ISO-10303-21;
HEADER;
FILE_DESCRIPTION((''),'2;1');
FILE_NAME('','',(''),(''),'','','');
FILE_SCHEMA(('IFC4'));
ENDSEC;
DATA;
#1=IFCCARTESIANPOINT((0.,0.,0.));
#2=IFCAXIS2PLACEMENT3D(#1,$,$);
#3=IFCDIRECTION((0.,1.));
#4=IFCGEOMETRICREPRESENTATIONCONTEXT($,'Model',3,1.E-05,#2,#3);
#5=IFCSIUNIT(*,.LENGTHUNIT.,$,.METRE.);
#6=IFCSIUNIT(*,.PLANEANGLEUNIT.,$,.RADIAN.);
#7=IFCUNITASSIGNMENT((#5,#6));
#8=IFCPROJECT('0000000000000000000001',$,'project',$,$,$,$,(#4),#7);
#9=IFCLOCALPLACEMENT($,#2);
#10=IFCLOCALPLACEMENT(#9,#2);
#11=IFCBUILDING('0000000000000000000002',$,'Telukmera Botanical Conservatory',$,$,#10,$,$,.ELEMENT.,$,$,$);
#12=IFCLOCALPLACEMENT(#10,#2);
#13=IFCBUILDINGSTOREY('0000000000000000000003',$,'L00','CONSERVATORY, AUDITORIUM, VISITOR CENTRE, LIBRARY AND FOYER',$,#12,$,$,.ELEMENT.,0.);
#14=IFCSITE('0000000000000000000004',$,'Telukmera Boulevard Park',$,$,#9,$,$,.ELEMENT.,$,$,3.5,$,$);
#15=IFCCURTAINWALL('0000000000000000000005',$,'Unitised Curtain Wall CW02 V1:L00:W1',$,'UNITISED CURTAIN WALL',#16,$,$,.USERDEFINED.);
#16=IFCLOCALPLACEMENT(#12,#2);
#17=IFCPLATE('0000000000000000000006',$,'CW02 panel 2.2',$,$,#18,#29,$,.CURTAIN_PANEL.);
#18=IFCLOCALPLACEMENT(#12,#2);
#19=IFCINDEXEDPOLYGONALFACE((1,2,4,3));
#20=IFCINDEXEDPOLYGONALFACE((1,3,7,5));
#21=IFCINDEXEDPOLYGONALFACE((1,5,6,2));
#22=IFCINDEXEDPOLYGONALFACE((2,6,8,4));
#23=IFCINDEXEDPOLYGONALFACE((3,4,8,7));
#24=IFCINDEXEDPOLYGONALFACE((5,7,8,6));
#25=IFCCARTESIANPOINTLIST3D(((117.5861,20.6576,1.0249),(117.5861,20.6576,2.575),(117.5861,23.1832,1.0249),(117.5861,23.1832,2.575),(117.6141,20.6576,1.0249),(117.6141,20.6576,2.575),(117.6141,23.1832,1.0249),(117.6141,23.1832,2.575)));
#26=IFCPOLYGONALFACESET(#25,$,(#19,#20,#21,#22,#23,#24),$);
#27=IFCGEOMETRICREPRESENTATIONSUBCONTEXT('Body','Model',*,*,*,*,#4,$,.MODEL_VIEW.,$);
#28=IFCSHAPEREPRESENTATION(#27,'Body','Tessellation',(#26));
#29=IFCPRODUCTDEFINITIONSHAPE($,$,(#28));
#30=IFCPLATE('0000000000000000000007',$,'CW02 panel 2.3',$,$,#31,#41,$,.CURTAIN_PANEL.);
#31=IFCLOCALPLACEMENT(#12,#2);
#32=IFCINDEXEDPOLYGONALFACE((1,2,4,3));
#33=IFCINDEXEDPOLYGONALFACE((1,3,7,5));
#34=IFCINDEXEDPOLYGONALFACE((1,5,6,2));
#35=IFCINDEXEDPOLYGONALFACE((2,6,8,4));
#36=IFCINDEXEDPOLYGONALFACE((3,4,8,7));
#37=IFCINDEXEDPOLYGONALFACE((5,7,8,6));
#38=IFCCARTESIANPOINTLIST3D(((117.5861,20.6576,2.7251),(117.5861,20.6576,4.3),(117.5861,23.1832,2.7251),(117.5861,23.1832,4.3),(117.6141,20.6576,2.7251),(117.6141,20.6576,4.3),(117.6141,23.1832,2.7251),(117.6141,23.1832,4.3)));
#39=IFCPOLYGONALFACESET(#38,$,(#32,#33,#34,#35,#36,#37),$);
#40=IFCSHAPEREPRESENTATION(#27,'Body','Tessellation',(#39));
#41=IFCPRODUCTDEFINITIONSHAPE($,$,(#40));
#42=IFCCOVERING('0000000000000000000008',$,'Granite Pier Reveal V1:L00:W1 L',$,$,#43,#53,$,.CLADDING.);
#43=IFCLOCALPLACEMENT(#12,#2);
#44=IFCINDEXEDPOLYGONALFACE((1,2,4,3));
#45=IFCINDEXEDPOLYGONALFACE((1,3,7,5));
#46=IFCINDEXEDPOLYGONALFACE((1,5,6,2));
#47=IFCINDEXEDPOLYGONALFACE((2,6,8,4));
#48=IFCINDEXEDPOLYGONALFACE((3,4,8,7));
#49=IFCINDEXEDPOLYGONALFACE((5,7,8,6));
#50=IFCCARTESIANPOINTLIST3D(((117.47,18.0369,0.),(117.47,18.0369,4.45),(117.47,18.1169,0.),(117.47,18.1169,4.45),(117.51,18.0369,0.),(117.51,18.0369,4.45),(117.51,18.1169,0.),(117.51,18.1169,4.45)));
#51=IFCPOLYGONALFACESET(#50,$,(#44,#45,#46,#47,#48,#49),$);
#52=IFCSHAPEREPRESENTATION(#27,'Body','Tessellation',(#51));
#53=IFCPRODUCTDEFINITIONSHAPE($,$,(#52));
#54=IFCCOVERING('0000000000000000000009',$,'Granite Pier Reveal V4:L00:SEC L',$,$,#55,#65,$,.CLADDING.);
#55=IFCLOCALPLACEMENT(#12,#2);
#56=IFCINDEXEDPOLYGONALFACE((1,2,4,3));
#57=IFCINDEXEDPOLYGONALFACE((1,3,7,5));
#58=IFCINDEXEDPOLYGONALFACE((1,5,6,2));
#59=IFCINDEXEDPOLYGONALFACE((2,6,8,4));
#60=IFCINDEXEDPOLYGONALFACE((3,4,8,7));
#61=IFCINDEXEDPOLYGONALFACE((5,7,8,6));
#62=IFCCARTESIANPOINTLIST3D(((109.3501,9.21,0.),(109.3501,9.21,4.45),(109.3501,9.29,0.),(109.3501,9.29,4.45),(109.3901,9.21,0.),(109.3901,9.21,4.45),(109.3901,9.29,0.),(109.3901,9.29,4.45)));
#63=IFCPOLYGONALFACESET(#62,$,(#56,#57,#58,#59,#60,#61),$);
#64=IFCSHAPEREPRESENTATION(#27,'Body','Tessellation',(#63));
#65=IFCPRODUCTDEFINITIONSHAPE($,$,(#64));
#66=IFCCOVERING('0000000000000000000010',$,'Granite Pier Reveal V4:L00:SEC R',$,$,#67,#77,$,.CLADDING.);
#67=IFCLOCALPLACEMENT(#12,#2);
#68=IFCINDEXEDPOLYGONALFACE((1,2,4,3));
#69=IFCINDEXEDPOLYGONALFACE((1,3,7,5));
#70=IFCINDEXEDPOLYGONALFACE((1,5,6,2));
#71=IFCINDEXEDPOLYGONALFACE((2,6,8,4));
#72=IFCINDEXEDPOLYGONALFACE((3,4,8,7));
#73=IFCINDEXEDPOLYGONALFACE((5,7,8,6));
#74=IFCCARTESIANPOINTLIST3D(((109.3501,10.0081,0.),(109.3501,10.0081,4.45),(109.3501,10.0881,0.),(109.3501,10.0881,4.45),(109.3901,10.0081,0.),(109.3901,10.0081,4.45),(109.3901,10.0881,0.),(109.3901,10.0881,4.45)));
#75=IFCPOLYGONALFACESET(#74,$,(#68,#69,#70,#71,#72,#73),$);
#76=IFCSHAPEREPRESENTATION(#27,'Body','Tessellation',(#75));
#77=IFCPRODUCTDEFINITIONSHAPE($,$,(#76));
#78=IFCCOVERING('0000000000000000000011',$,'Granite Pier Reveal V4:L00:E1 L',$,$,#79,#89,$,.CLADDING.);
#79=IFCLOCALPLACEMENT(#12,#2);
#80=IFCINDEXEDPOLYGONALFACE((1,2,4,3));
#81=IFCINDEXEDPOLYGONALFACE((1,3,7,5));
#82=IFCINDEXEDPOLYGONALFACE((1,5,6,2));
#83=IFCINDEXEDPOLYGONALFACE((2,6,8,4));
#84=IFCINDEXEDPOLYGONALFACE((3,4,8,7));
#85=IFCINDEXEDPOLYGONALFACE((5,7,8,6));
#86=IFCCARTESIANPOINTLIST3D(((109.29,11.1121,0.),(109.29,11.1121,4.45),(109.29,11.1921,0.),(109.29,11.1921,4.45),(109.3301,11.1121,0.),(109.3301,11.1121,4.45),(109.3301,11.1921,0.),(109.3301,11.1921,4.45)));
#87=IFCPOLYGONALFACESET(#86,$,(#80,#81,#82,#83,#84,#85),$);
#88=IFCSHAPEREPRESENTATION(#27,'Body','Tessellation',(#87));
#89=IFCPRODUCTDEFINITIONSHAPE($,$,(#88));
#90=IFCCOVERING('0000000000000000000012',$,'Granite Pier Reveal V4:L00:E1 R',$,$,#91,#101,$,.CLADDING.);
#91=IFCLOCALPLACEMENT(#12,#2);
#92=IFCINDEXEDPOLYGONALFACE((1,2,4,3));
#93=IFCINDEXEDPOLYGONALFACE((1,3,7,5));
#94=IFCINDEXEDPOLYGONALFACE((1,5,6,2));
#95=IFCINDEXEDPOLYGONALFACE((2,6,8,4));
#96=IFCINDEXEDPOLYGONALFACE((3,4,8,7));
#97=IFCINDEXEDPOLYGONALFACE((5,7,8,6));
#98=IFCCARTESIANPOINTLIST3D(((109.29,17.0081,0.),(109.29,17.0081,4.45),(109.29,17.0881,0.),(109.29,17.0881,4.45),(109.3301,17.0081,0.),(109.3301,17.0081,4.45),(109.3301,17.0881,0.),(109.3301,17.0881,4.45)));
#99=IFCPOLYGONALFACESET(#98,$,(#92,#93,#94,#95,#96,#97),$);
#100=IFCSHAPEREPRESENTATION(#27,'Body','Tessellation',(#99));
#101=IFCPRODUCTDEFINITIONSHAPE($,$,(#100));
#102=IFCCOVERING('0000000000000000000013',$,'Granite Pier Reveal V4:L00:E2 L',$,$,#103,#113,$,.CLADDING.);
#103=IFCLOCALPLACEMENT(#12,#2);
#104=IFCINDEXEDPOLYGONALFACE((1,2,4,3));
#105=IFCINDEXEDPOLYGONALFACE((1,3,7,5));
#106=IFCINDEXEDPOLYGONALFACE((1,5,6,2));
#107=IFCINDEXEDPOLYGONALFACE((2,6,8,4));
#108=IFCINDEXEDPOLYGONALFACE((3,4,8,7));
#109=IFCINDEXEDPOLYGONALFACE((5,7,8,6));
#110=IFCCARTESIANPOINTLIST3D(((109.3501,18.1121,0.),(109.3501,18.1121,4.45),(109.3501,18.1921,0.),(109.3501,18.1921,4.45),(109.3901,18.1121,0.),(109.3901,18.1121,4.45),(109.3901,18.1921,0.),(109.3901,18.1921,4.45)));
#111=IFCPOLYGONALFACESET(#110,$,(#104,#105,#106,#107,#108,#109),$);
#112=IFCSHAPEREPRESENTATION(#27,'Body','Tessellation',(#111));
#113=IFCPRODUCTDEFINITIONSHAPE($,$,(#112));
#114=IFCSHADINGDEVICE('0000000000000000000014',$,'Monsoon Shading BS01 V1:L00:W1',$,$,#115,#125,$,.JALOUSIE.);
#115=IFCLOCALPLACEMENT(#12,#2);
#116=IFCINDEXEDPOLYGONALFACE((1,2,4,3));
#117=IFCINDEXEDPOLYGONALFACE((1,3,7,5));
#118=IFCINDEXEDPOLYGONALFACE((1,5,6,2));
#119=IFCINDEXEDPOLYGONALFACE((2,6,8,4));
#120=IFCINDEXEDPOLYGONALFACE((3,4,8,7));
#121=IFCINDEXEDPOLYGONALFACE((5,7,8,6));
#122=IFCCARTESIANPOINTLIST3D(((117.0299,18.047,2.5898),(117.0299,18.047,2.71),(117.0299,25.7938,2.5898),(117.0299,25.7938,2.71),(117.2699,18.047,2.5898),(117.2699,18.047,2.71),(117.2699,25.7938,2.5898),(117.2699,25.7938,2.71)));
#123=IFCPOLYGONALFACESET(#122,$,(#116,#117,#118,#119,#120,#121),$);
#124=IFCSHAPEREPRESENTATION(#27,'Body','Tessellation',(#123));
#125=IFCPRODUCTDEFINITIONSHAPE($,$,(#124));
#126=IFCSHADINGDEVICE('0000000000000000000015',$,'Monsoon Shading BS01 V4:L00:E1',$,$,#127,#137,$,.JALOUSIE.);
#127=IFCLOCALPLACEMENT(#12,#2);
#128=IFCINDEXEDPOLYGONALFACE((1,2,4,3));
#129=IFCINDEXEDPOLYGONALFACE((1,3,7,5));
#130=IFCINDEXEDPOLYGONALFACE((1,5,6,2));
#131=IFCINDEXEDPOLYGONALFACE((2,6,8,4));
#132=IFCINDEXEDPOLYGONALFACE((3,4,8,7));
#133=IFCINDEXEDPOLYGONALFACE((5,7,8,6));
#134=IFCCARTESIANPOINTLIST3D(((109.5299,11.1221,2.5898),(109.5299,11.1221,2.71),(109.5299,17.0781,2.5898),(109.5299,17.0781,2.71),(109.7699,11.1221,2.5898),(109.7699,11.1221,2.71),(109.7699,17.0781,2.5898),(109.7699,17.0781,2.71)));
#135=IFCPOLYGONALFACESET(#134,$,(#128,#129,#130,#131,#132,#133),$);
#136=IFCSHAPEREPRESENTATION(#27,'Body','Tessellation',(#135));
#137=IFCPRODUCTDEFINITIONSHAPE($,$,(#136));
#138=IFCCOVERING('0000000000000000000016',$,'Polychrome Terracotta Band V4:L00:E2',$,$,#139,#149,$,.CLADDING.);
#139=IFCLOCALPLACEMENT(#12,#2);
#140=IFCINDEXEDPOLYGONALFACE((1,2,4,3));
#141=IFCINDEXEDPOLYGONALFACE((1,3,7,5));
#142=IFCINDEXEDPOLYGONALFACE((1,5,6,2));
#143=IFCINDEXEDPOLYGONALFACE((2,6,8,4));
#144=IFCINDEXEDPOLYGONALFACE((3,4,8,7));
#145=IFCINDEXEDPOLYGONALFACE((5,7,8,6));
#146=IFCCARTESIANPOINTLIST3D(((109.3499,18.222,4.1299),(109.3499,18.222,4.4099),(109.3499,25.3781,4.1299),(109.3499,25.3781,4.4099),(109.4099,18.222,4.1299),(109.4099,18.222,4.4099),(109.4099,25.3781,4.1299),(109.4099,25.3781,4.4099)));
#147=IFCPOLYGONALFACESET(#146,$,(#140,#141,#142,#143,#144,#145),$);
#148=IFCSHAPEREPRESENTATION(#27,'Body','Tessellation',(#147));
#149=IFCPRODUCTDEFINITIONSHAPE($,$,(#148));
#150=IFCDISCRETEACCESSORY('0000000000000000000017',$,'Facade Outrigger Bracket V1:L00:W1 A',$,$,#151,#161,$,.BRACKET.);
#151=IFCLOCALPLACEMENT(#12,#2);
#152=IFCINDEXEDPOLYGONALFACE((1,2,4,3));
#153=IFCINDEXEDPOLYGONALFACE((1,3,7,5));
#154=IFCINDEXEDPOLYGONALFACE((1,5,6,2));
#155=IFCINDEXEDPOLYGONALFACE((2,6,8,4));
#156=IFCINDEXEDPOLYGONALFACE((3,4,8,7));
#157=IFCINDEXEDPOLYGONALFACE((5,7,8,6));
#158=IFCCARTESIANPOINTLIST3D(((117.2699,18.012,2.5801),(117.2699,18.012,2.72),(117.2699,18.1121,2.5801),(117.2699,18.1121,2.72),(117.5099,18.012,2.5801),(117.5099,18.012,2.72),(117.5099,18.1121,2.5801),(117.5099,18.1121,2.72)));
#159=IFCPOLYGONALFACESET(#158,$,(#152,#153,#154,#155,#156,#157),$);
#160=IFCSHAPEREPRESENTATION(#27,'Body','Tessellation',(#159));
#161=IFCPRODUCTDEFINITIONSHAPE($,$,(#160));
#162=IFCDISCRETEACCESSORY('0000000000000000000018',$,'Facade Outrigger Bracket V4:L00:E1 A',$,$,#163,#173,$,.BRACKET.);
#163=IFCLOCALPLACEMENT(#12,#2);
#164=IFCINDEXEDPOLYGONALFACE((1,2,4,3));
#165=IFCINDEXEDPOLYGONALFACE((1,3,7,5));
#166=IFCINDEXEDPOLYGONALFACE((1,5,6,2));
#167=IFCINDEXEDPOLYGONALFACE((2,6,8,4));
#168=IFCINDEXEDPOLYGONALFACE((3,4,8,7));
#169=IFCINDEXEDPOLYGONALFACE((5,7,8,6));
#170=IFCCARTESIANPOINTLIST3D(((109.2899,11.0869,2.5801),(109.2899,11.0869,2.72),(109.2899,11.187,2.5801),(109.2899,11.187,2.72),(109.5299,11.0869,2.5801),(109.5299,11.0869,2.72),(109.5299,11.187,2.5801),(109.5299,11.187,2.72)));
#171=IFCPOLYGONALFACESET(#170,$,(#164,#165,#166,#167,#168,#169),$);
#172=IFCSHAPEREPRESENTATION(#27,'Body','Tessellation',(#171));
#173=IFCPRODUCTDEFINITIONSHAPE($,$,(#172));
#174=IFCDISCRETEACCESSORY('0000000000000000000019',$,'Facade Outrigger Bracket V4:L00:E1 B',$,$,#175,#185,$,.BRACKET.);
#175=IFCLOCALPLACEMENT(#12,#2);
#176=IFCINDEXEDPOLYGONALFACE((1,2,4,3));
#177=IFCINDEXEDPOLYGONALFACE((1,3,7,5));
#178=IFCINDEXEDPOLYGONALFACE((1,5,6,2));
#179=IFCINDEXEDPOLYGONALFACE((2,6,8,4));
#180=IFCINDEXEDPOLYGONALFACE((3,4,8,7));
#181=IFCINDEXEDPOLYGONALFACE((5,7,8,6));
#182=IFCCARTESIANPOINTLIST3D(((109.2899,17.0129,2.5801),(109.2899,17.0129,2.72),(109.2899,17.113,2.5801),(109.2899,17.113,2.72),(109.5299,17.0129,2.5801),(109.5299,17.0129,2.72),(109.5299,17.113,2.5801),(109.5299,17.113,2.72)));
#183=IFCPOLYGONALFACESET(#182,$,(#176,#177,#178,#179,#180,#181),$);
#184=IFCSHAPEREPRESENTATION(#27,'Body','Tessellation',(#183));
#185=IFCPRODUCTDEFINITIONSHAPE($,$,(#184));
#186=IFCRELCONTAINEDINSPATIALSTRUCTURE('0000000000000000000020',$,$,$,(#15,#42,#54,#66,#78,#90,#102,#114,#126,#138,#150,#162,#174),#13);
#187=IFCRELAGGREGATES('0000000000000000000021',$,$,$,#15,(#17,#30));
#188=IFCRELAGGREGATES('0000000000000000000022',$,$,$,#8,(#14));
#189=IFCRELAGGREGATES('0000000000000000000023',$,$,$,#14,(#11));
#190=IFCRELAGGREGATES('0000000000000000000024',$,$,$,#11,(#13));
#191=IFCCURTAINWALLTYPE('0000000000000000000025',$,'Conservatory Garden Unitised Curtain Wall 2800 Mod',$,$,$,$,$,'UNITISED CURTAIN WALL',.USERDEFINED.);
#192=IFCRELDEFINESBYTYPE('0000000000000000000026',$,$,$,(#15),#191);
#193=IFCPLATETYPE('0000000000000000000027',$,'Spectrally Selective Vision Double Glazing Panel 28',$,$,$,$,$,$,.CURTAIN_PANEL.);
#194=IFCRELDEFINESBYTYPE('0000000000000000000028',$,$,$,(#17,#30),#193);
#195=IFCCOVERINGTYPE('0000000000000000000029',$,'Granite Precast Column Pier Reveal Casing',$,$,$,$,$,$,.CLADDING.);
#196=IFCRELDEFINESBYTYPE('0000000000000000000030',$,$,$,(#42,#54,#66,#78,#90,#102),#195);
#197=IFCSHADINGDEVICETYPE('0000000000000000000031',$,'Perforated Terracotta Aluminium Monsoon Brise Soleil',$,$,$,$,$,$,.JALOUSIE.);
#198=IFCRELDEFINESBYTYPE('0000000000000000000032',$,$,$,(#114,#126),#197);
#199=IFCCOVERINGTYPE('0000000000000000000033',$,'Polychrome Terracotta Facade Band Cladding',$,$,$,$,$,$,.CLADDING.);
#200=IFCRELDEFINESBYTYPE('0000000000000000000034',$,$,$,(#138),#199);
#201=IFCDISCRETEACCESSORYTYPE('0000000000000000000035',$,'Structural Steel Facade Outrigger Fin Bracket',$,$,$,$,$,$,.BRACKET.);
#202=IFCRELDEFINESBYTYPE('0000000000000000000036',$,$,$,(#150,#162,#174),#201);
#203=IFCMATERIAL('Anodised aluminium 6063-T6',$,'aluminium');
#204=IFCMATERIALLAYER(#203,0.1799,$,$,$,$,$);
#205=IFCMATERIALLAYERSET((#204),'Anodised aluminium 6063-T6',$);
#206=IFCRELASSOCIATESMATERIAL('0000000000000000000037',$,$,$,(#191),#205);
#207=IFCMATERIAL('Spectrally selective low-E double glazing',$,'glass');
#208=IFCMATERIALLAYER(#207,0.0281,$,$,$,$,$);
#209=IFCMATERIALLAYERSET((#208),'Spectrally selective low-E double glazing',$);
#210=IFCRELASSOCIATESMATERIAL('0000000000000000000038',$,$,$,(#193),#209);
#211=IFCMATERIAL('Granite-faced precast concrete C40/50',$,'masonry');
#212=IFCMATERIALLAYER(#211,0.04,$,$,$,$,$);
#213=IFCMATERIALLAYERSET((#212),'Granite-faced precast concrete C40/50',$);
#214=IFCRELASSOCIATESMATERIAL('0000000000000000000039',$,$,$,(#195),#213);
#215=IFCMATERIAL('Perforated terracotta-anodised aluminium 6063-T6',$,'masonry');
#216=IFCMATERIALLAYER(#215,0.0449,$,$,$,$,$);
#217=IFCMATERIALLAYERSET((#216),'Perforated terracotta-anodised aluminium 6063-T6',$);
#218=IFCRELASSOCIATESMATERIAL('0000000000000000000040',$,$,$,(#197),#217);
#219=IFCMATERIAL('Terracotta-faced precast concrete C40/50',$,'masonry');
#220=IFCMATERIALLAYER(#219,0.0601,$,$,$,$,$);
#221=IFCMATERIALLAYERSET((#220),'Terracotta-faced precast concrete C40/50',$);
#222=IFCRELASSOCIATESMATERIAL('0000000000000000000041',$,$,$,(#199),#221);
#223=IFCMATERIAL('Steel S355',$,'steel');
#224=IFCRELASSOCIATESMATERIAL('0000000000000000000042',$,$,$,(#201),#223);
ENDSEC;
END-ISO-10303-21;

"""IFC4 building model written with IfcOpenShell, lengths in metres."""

from ifc_helpers import new_model, si_unit, direction, frame, origin, origin_2d, place, context, subcontext, project, spatial, rectangle, extrude, material, layer, layer_set, type_object, element, aggregate, save


model = new_model("IFC4")

# Units and contexts
model_context = context("Model", 3, precision=1e-05, world=origin(), true_north=direction((0.0, 1.0)))
body_context = subcontext(model_context, "Body", "Model", "MODEL_VIEW")
ifc_project = project(units=[si_unit("LENGTHUNIT", "METRE"), si_unit("PLANEANGLEUNIT", "RADIAN")], contexts=[model_context])

# Site, building, storey
site_placement = place(None, origin())
site = spatial("IfcSite", under=ifc_project, at=site_placement, Name="Telukmera Boulevard Park", CompositionType="ELEMENT", RefElevation=3.5)
building_placement = place(site_placement, origin())
building = spatial("IfcBuilding", under=site, at=building_placement, Name="Telukmera Botanical Conservatory", CompositionType="ELEMENT")
storey_placement = place(building_placement, origin())
storey = spatial("IfcBuildingStorey", under=building, at=storey_placement, Name="L00", Description="CONSERVATORY, AUDITORIUM, VISITOR CENTRE, LIBRARY AND FOYER", CompositionType="ELEMENT", Elevation=0.0)

# Shared definitions
ifc_material_1 = material(Name="Steel S355", Category="steel")

# Curtain wall
ifc_material_2 = material(Name="Anodised aluminium 6063-T6", Category="aluminium")
ifc_layer_1 = layer(ifc_material_2, 0.1799)
ifc_layer_set_1 = layer_set([ifc_layer_1], Name="Anodised aluminium 6063-T6")
curtain_wall_type = type_object("IfcCurtainWallType", Name="Conservatory Garden Unitised Curtain Wall 2800 Mod", ElementType="UNITISED CURTAIN WALL", PredefinedType="USERDEFINED", material=ifc_layer_set_1)
curtain_wall_placement = place(storey_placement, origin())
curtain_wall = element("IfcCurtainWall", 1, at=curtain_wall_placement, inside=storey, type_object=curtain_wall_type, Name="Unitised Curtain Wall CW02 V1:L00:W1", ObjectType="UNITISED CURTAIN WALL", PredefinedType="USERDEFINED")

# Plates
ifc_material_3 = material(Name="Spectrally selective low-E double glazing", Category="glass")
ifc_layer_2 = layer(ifc_material_3, 0.0281)
ifc_layer_set_2 = layer_set([ifc_layer_2], Name="Spectrally selective low-E double glazing")
plate_type_1 = type_object("IfcPlateType", Name="Spectrally Selective Vision Double Glazing Panel 28", PredefinedType="CURTAIN_PANEL", material=ifc_layer_set_2)
plate_1_placement = place(storey_placement, frame((117.6001, 21.9204, 1.0249), z_axis=(0.0, 0.0, 1.0), x_axis=(0.0, 1.0, 0.0)))
plate_1 = element("IfcPlate", 2, at=plate_1_placement, type_object=plate_type_1, Name="CW02 panel 2.2", PredefinedType="CURTAIN_PANEL", context=body_context, shape_type="SweptSolid", body=[
    extrude(rectangle(XDim=2.5256, YDim=0.0281, at=origin_2d()), origin(), (0.0, 0.0, 1.0), 1.55),
])
plate_2_placement = place(storey_placement, frame((117.6001, 21.9204, 2.7251), z_axis=(0.0, 0.0, 1.0), x_axis=(0.0, 1.0, 0.0)))
plate_2 = element("IfcPlate", 3, at=plate_2_placement, type_object=plate_type_1, Name="CW02 panel 2.3", PredefinedType="CURTAIN_PANEL", context=body_context, shape_type="SweptSolid", body=[
    extrude(rectangle(XDim=2.5256, YDim=0.0281, at=origin_2d()), origin(), (0.0, 0.0, 1.0), 1.575),
])
aggregate(curtain_wall, [plate_1, plate_2])

# Coverings
ifc_material_4 = material(Name="Granite-faced precast concrete C40/50", Category="masonry")
ifc_layer_3 = layer(ifc_material_4, 0.04)
ifc_layer_set_3 = layer_set([ifc_layer_3], Name="Granite-faced precast concrete C40/50")
covering_type_1 = type_object("IfcCoveringType", Name="Granite Precast Column Pier Reveal Casing", PredefinedType="CLADDING", material=ifc_layer_set_3)
for number, where, z_axis, x_axis, name in (
    (4, (117.49, 18.0769, 0.0), (0.0, 0.0, 1.0), (0.0, 1.0, 0.0), "Granite Pier Reveal V1:L00:W1 L"),
    (5, (109.3701, 9.25, 0.0), (0.0, 0.0, 1.0), (0.0, 1.0, 0.0), "Granite Pier Reveal V4:L00:SEC L"),
    (6, (109.3701, 10.0481, 0.0), (0.0, 0.0, 1.0), (0.0, 1.0, 0.0), "Granite Pier Reveal V4:L00:SEC R"),
    (7, (109.3101, 11.1521, 0.0), (0.0, 0.0, 1.0), (0.0, 1.0, 0.0), "Granite Pier Reveal V4:L00:E1 L"),
    (8, (109.3101, 17.0481, 0.0), (0.0, 0.0, 1.0), (0.0, 1.0, 0.0), "Granite Pier Reveal V4:L00:E1 R"),
    (9, (109.3701, 18.1521, 0.0), (0.0, 0.0, 1.0), (0.0, 1.0, 0.0), "Granite Pier Reveal V4:L00:E2 L"),
):
    element("IfcCovering", number, at=place(storey_placement, frame(where, z_axis=z_axis, x_axis=x_axis)), inside=storey, type_object=covering_type_1, Name=name, PredefinedType="CLADDING", context=body_context, shape_type="SweptSolid", body=[
        extrude(rectangle(XDim=0.0801, YDim=0.04, at=origin_2d()), origin(), (0.0, 0.0, 1.0), 4.45),
    ])

# Shading devices
ifc_material_5 = material(Name="Perforated terracotta-anodised aluminium 6063-T6", Category="masonry")
ifc_layer_4 = layer(ifc_material_5, 0.0449)
ifc_layer_set_4 = layer_set([ifc_layer_4], Name="Perforated terracotta-anodised aluminium 6063-T6")
shading_device_type = type_object("IfcShadingDeviceType", Name="Perforated Terracotta Aluminium Monsoon Brise Soleil", PredefinedType="JALOUSIE", material=ifc_layer_set_4)
shading_device_1_placement = place(storey_placement, frame((117.1499, 21.9204, 2.5898), z_axis=(0.0, 0.0, 1.0), x_axis=(0.0, 1.0, 0.0)))
element("IfcShadingDevice", 10, at=shading_device_1_placement, inside=storey, type_object=shading_device_type, Name="Monsoon Shading BS01 V1:L00:W1", PredefinedType="JALOUSIE", context=body_context, shape_type="SweptSolid", body=[
    extrude(rectangle(XDim=7.7468, YDim=0.24, at=origin_2d()), origin(), (0.0, 0.0, 1.0), 0.1201),
])
shading_device_2_placement = place(storey_placement, frame((109.6499, 14.1001, 2.5898), z_axis=(0.0, 0.0, 1.0), x_axis=(0.0, 1.0, 0.0)))
element("IfcShadingDevice", 11, at=shading_device_2_placement, inside=storey, type_object=shading_device_type, Name="Monsoon Shading BS01 V4:L00:E1", PredefinedType="JALOUSIE", context=body_context, shape_type="SweptSolid", body=[
    extrude(rectangle(XDim=5.9561, YDim=0.24, at=origin_2d()), origin(), (0.0, 0.0, 1.0), 0.1201),
])

# Covering
ifc_material_6 = material(Name="Terracotta-faced precast concrete C40/50", Category="masonry")
ifc_layer_5 = layer(ifc_material_6, 0.0601)
ifc_layer_set_5 = layer_set([ifc_layer_5], Name="Terracotta-faced precast concrete C40/50")
covering_type_2 = type_object("IfcCoveringType", Name="Polychrome Terracotta Facade Band Cladding", PredefinedType="CLADDING", material=ifc_layer_set_5)
covering_placement = place(storey_placement, frame((109.3799, 21.8, 4.1299), z_axis=(0.0, 0.0, 1.0), x_axis=(0.0, 1.0, 0.0)))
element("IfcCovering", 12, at=covering_placement, inside=storey, type_object=covering_type_2, Name="Polychrome Terracotta Band V4:L00:E2", PredefinedType="CLADDING", context=body_context, shape_type="SweptSolid", body=[
    extrude(rectangle(XDim=7.156, YDim=0.0601, at=origin_2d()), origin(), (0.0, 0.0, 1.0), 0.28),
])

# Discrete accessories
discrete_accessory_type = type_object("IfcDiscreteAccessoryType", Name="Structural Steel Facade Outrigger Fin Bracket", PredefinedType="BRACKET", material=ifc_material_1)
for number, where, z_axis, x_axis, name in (
    (13, (117.3899, 18.062, 2.5801), (0.0, 0.0, 1.0), (0.0, 1.0, 0.0), "Facade Outrigger Bracket V1:L00:W1 A"),
    (14, (109.4099, 11.137, 2.5801), (0.0, 0.0, 1.0), (0.0, 1.0, 0.0), "Facade Outrigger Bracket V4:L00:E1 A"),
    (15, (109.4099, 17.063, 2.5801), (0.0, 0.0, 1.0), (0.0, 1.0, 0.0), "Facade Outrigger Bracket V4:L00:E1 B"),
):
    element("IfcDiscreteAccessory", number, at=place(storey_placement, frame(where, z_axis=z_axis, x_axis=x_axis)), inside=storey, type_object=discrete_accessory_type, Name=name, PredefinedType="BRACKET", context=body_context, shape_type="SweptSolid", body=[
        extrude(rectangle(XDim=0.1001, YDim=0.24, at=origin_2d()), origin(), (0.0, 0.0, 1.0), 0.1399),
    ])

save(model, "model.ifc")
